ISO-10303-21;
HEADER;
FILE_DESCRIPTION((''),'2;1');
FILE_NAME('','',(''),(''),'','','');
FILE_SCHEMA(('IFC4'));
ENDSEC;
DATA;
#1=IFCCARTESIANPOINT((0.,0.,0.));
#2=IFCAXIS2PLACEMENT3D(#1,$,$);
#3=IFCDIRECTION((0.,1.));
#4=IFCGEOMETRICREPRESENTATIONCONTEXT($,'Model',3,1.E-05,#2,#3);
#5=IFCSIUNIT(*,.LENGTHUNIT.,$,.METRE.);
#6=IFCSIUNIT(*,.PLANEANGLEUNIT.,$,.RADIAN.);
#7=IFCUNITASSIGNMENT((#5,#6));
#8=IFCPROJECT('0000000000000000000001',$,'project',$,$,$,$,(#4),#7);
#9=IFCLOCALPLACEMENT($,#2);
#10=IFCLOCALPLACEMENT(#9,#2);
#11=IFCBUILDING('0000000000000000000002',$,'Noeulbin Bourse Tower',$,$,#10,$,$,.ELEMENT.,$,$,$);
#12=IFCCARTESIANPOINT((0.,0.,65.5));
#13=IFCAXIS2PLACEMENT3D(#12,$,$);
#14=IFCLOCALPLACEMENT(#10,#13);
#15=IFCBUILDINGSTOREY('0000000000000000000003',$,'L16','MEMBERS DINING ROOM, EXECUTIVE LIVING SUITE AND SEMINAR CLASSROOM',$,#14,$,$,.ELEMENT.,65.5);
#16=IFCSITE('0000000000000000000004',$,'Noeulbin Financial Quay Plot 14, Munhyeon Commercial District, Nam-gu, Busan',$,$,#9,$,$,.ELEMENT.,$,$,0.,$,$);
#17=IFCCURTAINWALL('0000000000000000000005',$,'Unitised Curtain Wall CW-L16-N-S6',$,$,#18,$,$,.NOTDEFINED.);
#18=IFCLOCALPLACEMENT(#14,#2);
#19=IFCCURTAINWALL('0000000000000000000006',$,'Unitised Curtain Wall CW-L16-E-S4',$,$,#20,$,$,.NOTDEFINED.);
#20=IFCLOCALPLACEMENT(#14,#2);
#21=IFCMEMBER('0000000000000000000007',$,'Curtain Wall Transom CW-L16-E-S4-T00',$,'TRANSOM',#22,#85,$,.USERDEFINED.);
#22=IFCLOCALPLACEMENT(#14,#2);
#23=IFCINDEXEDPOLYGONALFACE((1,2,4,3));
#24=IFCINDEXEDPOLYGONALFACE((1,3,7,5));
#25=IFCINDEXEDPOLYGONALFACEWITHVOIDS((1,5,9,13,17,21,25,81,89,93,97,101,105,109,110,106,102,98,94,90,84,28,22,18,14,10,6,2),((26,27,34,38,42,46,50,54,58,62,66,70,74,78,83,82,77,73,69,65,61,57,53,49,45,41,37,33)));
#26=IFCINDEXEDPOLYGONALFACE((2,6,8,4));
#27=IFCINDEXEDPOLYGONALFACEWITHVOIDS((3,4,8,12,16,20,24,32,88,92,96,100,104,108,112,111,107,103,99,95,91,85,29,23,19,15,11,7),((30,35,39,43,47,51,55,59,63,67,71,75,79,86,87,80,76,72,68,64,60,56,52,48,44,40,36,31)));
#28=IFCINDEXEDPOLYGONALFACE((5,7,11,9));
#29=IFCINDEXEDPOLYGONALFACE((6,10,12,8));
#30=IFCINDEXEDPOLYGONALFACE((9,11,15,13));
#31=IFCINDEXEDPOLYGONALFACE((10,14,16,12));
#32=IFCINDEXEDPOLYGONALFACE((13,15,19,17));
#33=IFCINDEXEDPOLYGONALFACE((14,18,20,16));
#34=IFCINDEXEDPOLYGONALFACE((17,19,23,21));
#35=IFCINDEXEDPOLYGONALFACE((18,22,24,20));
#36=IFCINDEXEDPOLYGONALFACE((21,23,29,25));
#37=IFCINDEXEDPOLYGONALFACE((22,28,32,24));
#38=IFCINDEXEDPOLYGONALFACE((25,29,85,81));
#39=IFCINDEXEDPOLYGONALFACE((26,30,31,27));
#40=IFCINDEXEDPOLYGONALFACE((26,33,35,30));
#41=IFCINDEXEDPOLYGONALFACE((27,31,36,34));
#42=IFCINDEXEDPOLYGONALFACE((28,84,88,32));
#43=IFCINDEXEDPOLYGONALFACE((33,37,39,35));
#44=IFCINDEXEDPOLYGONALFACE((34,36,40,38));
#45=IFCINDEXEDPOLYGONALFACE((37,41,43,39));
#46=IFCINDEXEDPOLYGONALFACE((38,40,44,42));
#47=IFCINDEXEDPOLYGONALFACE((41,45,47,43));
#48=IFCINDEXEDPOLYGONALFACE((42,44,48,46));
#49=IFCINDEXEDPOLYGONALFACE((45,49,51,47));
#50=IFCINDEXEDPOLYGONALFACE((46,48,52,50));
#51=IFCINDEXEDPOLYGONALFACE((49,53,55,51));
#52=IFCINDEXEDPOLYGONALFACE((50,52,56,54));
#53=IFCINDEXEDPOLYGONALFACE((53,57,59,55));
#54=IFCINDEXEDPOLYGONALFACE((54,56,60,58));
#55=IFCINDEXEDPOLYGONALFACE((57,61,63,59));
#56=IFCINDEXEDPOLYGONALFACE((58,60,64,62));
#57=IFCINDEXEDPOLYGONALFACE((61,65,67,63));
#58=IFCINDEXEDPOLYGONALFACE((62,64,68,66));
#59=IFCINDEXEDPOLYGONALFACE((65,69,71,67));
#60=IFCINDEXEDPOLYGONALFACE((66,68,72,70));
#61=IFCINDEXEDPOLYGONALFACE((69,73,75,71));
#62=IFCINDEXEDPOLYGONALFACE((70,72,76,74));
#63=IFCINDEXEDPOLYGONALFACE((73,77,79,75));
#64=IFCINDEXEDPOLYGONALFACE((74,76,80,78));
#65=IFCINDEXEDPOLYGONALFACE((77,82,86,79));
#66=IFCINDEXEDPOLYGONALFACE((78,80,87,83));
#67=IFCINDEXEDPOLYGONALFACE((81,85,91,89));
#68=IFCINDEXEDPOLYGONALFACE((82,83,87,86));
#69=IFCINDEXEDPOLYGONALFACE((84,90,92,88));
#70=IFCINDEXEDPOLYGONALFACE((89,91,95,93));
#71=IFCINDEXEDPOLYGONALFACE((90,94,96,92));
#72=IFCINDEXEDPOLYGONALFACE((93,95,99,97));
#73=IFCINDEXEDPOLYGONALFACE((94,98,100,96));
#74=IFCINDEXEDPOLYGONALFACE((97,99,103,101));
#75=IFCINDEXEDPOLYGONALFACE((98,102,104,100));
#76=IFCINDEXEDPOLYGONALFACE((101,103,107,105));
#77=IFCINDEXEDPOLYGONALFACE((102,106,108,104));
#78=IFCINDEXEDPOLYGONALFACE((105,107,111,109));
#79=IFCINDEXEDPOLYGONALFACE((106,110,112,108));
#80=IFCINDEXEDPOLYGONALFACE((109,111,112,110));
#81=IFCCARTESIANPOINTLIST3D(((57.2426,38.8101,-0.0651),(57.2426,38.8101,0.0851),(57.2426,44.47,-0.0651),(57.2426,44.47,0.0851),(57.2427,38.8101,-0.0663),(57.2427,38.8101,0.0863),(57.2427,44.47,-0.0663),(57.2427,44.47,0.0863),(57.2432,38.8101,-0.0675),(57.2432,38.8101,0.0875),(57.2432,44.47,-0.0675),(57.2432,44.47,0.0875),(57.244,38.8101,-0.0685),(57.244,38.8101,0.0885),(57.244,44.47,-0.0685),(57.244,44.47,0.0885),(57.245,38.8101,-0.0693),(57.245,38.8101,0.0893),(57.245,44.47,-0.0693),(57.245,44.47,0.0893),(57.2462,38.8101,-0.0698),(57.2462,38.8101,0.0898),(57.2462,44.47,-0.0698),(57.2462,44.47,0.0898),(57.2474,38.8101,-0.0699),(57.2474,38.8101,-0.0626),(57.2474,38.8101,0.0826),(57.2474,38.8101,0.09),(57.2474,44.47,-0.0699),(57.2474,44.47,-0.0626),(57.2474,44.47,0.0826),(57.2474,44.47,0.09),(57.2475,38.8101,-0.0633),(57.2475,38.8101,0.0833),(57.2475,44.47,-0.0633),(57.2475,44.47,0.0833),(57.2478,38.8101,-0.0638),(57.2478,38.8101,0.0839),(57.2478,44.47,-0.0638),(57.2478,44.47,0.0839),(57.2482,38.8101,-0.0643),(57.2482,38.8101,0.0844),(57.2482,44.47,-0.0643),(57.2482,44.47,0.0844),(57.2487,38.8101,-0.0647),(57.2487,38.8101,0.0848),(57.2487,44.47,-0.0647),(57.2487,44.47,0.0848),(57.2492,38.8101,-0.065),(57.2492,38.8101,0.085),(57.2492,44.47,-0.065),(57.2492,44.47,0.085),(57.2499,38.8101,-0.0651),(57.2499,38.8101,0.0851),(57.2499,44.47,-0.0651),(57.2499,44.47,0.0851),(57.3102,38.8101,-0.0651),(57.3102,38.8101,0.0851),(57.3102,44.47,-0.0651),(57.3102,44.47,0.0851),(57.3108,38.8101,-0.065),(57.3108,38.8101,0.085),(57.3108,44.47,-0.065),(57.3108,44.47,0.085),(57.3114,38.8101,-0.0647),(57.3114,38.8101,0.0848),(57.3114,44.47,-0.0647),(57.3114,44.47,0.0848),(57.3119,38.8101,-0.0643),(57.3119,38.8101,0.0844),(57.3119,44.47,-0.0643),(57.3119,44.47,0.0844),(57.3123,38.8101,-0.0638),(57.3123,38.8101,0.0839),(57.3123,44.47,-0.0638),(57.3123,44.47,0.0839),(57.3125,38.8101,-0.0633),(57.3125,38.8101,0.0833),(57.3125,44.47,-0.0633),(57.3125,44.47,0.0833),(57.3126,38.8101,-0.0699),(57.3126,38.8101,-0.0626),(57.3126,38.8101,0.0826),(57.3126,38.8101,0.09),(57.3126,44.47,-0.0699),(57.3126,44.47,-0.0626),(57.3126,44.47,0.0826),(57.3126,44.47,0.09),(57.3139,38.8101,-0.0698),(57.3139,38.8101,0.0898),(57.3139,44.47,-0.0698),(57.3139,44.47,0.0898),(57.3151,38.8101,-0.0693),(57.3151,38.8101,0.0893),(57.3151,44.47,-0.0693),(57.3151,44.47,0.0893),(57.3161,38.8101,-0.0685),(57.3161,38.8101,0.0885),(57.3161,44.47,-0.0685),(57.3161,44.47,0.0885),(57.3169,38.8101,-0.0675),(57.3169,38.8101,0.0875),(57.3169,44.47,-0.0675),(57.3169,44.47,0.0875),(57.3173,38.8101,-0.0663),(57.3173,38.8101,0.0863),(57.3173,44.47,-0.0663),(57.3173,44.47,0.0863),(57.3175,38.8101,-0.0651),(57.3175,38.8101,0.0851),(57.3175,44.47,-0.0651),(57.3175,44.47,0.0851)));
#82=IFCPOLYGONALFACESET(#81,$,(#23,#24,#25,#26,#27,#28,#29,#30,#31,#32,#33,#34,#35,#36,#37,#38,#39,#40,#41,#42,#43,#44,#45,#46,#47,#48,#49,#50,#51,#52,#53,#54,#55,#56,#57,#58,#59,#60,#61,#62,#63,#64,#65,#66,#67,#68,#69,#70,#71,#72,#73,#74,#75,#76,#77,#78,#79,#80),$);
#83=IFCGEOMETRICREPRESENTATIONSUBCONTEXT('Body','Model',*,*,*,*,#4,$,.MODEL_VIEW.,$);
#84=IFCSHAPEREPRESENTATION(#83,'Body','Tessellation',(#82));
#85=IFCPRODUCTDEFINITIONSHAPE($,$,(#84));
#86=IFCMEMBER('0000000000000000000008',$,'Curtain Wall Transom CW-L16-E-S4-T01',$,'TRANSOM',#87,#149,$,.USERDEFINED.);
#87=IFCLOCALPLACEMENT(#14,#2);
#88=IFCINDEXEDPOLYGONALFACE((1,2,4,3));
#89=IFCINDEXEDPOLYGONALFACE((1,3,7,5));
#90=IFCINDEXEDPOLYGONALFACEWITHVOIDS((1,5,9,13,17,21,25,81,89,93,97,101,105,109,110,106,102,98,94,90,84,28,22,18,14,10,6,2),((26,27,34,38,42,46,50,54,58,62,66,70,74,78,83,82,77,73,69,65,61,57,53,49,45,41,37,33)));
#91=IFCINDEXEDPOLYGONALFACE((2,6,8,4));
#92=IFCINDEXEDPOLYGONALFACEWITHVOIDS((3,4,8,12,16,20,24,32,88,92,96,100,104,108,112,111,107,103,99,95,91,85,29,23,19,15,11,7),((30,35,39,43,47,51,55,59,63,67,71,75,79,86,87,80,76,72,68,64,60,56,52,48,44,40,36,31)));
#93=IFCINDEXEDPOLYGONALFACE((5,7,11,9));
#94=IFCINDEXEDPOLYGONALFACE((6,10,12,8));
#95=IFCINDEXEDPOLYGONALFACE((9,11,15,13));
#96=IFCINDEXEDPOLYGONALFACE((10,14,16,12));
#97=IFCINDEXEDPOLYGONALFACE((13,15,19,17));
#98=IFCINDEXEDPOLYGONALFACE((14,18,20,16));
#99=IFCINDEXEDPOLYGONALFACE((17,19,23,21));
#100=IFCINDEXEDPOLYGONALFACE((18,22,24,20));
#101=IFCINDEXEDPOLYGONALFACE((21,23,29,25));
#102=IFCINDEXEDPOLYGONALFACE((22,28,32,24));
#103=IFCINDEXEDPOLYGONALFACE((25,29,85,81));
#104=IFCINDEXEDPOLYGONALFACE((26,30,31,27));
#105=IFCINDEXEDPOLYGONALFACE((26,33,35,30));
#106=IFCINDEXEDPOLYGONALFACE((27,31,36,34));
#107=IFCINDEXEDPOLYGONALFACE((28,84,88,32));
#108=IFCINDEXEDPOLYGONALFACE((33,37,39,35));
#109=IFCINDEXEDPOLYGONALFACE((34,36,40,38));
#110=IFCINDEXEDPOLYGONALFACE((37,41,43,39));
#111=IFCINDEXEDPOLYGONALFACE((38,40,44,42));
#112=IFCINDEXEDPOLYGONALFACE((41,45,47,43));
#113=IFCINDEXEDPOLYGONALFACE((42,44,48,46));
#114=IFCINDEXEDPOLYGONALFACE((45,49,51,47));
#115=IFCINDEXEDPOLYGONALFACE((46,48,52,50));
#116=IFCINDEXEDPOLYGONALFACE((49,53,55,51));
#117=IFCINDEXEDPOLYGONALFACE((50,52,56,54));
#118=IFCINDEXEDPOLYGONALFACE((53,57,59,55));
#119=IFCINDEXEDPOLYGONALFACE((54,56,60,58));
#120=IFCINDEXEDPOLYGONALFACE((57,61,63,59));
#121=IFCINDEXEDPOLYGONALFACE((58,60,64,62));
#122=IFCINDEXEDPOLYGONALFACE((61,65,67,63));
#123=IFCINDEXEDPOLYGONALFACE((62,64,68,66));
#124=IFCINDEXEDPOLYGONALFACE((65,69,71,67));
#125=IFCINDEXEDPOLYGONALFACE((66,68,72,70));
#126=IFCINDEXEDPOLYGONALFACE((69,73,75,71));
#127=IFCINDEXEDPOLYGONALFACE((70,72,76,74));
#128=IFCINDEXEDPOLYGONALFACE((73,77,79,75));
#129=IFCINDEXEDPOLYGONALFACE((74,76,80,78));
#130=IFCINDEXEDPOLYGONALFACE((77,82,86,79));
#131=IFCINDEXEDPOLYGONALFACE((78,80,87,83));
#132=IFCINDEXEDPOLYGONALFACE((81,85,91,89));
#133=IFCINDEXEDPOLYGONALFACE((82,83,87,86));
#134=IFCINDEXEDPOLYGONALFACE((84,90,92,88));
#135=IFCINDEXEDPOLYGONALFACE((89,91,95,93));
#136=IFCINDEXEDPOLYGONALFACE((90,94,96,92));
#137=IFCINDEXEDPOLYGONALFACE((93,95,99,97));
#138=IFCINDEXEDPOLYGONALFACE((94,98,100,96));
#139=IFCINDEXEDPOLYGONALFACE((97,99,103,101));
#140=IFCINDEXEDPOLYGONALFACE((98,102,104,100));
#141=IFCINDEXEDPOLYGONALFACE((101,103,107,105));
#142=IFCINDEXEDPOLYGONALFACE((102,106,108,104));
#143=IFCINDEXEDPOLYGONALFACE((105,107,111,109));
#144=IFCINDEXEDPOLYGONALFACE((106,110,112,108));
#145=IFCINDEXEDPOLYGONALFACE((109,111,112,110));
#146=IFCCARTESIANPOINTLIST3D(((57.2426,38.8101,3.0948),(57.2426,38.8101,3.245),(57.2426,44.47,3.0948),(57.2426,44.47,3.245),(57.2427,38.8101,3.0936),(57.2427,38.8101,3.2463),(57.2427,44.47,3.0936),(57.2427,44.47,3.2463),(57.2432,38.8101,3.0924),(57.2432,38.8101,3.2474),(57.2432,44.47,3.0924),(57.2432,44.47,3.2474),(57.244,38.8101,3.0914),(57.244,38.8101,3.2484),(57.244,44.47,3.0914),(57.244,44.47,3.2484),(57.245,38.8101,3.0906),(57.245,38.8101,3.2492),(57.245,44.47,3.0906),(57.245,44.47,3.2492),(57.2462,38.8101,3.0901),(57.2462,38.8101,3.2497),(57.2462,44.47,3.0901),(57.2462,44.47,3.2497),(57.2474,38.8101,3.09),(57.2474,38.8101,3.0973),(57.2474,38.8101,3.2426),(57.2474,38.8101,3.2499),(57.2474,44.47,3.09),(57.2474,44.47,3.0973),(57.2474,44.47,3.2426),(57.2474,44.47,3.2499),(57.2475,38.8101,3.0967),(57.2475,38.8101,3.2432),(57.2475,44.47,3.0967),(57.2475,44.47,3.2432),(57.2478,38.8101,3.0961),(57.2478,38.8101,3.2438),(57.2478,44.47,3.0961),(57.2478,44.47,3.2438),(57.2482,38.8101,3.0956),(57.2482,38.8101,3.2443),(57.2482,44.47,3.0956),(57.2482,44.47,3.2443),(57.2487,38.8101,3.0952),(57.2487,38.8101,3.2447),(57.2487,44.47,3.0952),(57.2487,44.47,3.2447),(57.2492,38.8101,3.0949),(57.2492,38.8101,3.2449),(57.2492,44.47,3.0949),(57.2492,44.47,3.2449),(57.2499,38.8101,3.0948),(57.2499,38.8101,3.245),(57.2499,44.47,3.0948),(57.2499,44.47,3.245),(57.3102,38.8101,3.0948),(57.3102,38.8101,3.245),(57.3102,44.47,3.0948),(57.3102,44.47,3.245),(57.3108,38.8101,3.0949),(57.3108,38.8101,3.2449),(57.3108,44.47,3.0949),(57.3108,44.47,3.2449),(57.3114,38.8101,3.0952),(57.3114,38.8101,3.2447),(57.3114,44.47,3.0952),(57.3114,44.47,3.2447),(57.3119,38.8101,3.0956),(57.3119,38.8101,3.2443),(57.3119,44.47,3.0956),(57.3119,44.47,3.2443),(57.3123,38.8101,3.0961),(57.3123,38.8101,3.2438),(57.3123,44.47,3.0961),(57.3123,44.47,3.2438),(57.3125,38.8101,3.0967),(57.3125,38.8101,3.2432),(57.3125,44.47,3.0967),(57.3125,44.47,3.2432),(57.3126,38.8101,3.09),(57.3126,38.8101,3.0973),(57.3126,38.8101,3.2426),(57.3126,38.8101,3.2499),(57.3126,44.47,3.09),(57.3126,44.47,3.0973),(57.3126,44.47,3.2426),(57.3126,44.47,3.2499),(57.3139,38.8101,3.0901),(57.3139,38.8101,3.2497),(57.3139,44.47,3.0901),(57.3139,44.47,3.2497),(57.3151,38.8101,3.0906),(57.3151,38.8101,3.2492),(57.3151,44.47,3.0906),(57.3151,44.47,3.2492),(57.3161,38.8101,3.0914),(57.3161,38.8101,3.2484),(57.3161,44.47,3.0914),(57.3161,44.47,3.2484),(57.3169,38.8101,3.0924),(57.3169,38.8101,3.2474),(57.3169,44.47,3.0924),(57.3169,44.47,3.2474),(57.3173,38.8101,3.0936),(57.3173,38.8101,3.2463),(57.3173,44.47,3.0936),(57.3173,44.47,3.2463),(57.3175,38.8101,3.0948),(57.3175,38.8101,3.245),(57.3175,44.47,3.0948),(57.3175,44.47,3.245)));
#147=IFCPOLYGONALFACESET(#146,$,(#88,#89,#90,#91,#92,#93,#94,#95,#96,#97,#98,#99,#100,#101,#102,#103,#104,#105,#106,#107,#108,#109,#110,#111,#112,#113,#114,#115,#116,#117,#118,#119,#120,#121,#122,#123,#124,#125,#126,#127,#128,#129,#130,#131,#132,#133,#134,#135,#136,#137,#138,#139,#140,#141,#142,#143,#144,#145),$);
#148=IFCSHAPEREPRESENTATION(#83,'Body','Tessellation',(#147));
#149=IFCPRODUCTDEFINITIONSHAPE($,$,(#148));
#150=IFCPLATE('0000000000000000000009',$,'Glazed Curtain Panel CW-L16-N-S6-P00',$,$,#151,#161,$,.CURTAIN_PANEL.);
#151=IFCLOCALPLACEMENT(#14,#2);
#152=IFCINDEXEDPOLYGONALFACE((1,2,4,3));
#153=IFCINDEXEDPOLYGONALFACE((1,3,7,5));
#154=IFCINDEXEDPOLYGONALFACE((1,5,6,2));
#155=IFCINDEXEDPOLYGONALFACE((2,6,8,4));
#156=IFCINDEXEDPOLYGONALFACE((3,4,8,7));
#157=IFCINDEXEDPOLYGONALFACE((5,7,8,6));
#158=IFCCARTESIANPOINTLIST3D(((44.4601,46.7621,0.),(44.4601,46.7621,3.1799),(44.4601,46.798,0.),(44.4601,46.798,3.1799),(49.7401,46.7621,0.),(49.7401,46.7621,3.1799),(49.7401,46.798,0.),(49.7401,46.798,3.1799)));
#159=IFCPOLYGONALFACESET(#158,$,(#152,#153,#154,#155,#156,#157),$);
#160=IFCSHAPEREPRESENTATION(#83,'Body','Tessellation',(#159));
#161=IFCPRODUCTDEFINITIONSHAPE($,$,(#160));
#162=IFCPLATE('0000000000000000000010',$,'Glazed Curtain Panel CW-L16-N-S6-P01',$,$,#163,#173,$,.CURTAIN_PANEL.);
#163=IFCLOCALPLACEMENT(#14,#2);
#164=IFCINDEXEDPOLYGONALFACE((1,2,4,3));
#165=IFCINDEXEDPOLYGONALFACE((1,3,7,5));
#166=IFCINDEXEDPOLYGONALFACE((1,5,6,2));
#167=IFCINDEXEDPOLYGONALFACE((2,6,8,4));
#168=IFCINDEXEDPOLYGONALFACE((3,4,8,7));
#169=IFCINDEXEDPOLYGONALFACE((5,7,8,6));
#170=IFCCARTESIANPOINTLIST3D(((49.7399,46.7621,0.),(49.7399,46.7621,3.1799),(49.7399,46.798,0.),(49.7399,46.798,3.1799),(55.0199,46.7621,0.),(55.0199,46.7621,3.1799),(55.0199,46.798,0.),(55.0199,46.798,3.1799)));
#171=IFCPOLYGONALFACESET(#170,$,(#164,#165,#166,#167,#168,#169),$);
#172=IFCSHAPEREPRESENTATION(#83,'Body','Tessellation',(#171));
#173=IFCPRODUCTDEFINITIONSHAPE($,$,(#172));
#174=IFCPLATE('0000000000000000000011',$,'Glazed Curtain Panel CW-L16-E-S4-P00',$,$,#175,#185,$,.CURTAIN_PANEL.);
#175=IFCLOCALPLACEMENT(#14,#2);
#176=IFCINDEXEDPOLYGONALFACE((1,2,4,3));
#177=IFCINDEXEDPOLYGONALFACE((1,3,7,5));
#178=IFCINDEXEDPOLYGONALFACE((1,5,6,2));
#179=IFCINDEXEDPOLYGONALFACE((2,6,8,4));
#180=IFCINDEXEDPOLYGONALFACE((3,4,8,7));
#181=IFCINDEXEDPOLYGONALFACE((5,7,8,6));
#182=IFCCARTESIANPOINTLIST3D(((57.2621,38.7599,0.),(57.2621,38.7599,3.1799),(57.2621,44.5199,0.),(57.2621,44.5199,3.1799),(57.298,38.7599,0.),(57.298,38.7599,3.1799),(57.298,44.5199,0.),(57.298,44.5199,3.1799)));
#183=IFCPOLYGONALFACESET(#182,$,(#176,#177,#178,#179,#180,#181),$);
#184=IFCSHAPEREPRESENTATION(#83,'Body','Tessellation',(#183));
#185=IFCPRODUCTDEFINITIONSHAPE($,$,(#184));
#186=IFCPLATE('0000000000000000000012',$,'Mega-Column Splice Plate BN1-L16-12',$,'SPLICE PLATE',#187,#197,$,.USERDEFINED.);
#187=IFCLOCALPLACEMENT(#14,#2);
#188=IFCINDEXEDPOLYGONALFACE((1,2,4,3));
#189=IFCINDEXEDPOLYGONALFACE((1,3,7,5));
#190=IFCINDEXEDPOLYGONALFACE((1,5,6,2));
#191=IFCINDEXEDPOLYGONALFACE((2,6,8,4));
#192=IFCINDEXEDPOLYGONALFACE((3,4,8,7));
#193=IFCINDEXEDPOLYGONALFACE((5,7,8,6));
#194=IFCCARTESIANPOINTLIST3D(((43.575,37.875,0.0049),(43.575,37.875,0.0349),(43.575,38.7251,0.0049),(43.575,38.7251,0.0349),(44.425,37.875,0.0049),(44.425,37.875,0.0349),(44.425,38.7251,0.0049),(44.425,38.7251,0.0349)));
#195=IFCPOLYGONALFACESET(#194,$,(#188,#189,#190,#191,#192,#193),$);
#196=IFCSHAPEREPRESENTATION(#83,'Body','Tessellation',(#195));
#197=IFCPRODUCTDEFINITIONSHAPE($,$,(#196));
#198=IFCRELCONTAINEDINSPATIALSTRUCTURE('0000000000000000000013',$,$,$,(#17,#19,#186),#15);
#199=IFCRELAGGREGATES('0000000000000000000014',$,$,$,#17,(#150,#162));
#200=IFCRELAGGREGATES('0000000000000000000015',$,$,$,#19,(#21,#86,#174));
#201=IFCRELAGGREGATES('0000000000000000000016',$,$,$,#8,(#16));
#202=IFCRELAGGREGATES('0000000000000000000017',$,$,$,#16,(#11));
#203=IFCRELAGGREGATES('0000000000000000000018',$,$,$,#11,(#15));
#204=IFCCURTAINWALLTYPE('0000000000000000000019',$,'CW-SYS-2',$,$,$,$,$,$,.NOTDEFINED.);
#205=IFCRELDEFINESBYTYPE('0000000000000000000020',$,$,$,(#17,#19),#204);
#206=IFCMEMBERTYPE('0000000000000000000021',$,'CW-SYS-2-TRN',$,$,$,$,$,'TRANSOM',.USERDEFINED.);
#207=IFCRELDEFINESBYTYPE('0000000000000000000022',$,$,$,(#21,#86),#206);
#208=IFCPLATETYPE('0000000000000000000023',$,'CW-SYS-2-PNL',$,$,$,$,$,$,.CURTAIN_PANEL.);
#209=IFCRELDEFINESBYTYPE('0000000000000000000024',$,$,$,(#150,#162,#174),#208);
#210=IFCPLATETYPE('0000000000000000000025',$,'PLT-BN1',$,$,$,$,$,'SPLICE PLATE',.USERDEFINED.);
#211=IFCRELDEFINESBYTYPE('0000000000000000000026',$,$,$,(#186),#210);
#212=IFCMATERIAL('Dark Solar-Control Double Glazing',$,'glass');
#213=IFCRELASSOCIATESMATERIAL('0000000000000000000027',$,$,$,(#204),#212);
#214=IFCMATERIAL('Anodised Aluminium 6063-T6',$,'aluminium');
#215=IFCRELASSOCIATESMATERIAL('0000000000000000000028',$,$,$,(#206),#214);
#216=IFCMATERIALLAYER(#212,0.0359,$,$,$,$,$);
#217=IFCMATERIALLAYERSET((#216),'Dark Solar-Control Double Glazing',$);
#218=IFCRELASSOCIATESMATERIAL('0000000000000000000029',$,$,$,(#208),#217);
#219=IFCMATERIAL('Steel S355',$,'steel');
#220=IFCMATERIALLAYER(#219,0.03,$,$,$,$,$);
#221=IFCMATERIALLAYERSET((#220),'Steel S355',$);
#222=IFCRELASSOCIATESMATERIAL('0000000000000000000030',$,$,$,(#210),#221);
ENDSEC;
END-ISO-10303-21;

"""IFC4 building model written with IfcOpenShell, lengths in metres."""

from ifc_helpers import new_model, si_unit, direction, frame, origin, origin_2d, place, context, subcontext, project, spatial, rectangle, hollow_rectangle, extrude, material, layer, layer_set, material_profile, profile_set, type_object, element, aggregate, save


model = new_model("IFC4")

# Units and contexts
model_context = context("Model", 3, precision=1e-05, world=origin(), true_north=direction((0.0, 1.0)))
body_context = subcontext(model_context, "Body", "Model", "MODEL_VIEW")
ifc_project = project(units=[si_unit("LENGTHUNIT", "METRE"), si_unit("PLANEANGLEUNIT", "RADIAN")], contexts=[model_context])

# Site, building, storey
site_placement = place(None, origin())
site = spatial("IfcSite", under=ifc_project, at=site_placement, Name="Noeulbin Financial Quay Plot 14, Munhyeon Commercial District, Nam-gu, Busan", CompositionType="ELEMENT", RefElevation=0.0)
building_placement = place(site_placement, origin())
building = spatial("IfcBuilding", under=site, at=building_placement, Name="Noeulbin Bourse Tower", CompositionType="ELEMENT")
storey_placement = place(building_placement, frame((0.0, 0.0, 65.5)))
storey = spatial("IfcBuildingStorey", under=building, at=storey_placement, Name="L16", Description="MEMBERS DINING ROOM, EXECUTIVE LIVING SUITE AND SEMINAR CLASSROOM", CompositionType="ELEMENT", Elevation=65.5)

# Shared definitions
ifc_material_1 = material(Name="Steel S355", Category="steel")

# Shared definitions
ifc_material_2 = material(Name="Dark Solar-Control Double Glazing", Category="glass")
curtain_wall_type = type_object("IfcCurtainWallType", Name="CW-SYS-2", PredefinedType="NOTDEFINED", material=ifc_material_2)
ifc_material_3 = material(Name="Anodised Aluminium 6063-T6", Category="aluminium")

# Curtain wall
curtain_wall_1_placement = place(storey_placement, origin())
curtain_wall_1 = element("IfcCurtainWall", 1, at=curtain_wall_1_placement, inside=storey, type_object=curtain_wall_type, Name="Unitised Curtain Wall CW-L16-N-S6", PredefinedType="NOTDEFINED")

# Curtain wall
curtain_wall_2_placement = place(storey_placement, origin())
curtain_wall_2 = element("IfcCurtainWall", 2, at=curtain_wall_2_placement, inside=storey, type_object=curtain_wall_type, Name="Unitised Curtain Wall CW-L16-E-S4", PredefinedType="NOTDEFINED")

# Members
ifc_material_profile_1 = material_profile(ifc_material_3, hollow_rectangle(XDim=0.075, YDim=0.1599, WallThickness=0.0049, InnerFilletRadius=0.0024, OuterFilletRadius=0.0049, at=origin_2d()), Name="ALU-TRAN-75x160x5", Category="LoadBearing")
ifc_profile_set_1 = profile_set([ifc_material_profile_1], Name="Anodised Aluminium 6063-T6")
member_type_1 = type_object("IfcMemberType", Name="CW-SYS-2-TRN", ElementType="TRANSOM", PredefinedType="USERDEFINED", material=ifc_profile_set_1)
member_1_placement = place(storey_placement, frame((57.28, 38.8101, 0.01), z_axis=(0.0, 1.0, 0.0), x_axis=(-1.0, 0.0, 0.0)))
member_1 = element("IfcMember", 3, at=member_1_placement, type_object=member_type_1, Name="Curtain Wall Transom CW-L16-E-S4-T00", ObjectType="TRANSOM", PredefinedType="USERDEFINED", context=body_context, shape_type="SweptSolid", body=[
    extrude(hollow_rectangle(XDim=0.075, YDim=0.1599, WallThickness=0.0049, InnerFilletRadius=0.0024, OuterFilletRadius=0.0049, at=origin_2d()), origin(), (0.0, 0.0, 1.0), 5.6599),
])
member_2_placement = place(storey_placement, frame((57.28, 38.8101, 3.1699), z_axis=(0.0, 1.0, 0.0), x_axis=(-1.0, 0.0, 0.0)))
member_2 = element("IfcMember", 4, at=member_2_placement, type_object=member_type_1, Name="Curtain Wall Transom CW-L16-E-S4-T01", ObjectType="TRANSOM", PredefinedType="USERDEFINED", context=body_context, shape_type="SweptSolid", body=[
    extrude(hollow_rectangle(XDim=0.075, YDim=0.1599, WallThickness=0.0049, InnerFilletRadius=0.0024, OuterFilletRadius=0.0049, at=origin_2d()), origin(), (0.0, 0.0, 1.0), 5.6599),
])

# Plates
ifc_layer_1 = layer(ifc_material_2, 0.0359)
ifc_layer_set_1 = layer_set([ifc_layer_1], Name="Dark Solar-Control Double Glazing")
plate_type_1 = type_object("IfcPlateType", Name="CW-SYS-2-PNL", PredefinedType="CURTAIN_PANEL", material=ifc_layer_set_1)
plate_1_placement = place(storey_placement, frame((47.1001, 46.78, 0.0), z_axis=(0.0, 0.0, 1.0), x_axis=(1.0, 0.0, 0.0)))
plate_1 = element("IfcPlate", 5, at=plate_1_placement, type_object=plate_type_1, Name="Glazed Curtain Panel CW-L16-N-S6-P00", PredefinedType="CURTAIN_PANEL", context=body_context, shape_type="SweptSolid", body=[
    extrude(rectangle(XDim=5.28, YDim=0.0359, at=origin_2d()), origin(), (0.0, 0.0, 1.0), 3.1799),
])
plate_2_placement = place(storey_placement, frame((52.3799, 46.78, 0.0), z_axis=(0.0, 0.0, 1.0), x_axis=(1.0, 0.0, 0.0)))
plate_2 = element("IfcPlate", 6, at=plate_2_placement, type_object=plate_type_1, Name="Glazed Curtain Panel CW-L16-N-S6-P01", PredefinedType="CURTAIN_PANEL", context=body_context, shape_type="SweptSolid", body=[
    extrude(rectangle(XDim=5.28, YDim=0.0359, at=origin_2d()), origin(), (0.0, 0.0, 1.0), 3.1799),
])
aggregate(curtain_wall_1, [plate_1, plate_2])
plate_3_placement = place(storey_placement, frame((57.28, 41.6399, 0.0), z_axis=(0.0, 0.0, 1.0), x_axis=(0.0, 1.0, 0.0)))
plate_3 = element("IfcPlate", 7, at=plate_3_placement, type_object=plate_type_1, Name="Glazed Curtain Panel CW-L16-E-S4-P00", PredefinedType="CURTAIN_PANEL", context=body_context, shape_type="SweptSolid", body=[
    extrude(rectangle(XDim=5.76, YDim=0.0359, at=origin_2d()), origin(), (0.0, 0.0, 1.0), 3.1799),
])
aggregate(curtain_wall_2, [member_1, member_2, plate_3])

# Plate
ifc_layer_2 = layer(ifc_material_1, 0.03)
ifc_layer_set_2 = layer_set([ifc_layer_2], Name="Steel S355")
plate_type_2 = type_object("IfcPlateType", Name="PLT-BN1", ElementType="SPLICE PLATE", PredefinedType="USERDEFINED", material=ifc_layer_set_2)
for number, where, z_axis, x_axis, name in (
    (8, (44.0, 38.3, 0.0049), (0.0, 0.0, 1.0), (1.0, 0.0, 0.0), "Mega-Column Splice Plate BN1-L16-12"),
):
    element("IfcPlate", number, at=place(storey_placement, frame(where, z_axis=z_axis, x_axis=x_axis)), inside=storey, type_object=plate_type_2, Name=name, ObjectType="SPLICE PLATE", PredefinedType="USERDEFINED", context=body_context, shape_type="SweptSolid", body=[
        extrude(rectangle(XDim=0.8501, YDim=0.8501, at=origin_2d()), origin(), (0.0, 0.0, 1.0), 0.03),
    ])

save(model, "model.ifc")
